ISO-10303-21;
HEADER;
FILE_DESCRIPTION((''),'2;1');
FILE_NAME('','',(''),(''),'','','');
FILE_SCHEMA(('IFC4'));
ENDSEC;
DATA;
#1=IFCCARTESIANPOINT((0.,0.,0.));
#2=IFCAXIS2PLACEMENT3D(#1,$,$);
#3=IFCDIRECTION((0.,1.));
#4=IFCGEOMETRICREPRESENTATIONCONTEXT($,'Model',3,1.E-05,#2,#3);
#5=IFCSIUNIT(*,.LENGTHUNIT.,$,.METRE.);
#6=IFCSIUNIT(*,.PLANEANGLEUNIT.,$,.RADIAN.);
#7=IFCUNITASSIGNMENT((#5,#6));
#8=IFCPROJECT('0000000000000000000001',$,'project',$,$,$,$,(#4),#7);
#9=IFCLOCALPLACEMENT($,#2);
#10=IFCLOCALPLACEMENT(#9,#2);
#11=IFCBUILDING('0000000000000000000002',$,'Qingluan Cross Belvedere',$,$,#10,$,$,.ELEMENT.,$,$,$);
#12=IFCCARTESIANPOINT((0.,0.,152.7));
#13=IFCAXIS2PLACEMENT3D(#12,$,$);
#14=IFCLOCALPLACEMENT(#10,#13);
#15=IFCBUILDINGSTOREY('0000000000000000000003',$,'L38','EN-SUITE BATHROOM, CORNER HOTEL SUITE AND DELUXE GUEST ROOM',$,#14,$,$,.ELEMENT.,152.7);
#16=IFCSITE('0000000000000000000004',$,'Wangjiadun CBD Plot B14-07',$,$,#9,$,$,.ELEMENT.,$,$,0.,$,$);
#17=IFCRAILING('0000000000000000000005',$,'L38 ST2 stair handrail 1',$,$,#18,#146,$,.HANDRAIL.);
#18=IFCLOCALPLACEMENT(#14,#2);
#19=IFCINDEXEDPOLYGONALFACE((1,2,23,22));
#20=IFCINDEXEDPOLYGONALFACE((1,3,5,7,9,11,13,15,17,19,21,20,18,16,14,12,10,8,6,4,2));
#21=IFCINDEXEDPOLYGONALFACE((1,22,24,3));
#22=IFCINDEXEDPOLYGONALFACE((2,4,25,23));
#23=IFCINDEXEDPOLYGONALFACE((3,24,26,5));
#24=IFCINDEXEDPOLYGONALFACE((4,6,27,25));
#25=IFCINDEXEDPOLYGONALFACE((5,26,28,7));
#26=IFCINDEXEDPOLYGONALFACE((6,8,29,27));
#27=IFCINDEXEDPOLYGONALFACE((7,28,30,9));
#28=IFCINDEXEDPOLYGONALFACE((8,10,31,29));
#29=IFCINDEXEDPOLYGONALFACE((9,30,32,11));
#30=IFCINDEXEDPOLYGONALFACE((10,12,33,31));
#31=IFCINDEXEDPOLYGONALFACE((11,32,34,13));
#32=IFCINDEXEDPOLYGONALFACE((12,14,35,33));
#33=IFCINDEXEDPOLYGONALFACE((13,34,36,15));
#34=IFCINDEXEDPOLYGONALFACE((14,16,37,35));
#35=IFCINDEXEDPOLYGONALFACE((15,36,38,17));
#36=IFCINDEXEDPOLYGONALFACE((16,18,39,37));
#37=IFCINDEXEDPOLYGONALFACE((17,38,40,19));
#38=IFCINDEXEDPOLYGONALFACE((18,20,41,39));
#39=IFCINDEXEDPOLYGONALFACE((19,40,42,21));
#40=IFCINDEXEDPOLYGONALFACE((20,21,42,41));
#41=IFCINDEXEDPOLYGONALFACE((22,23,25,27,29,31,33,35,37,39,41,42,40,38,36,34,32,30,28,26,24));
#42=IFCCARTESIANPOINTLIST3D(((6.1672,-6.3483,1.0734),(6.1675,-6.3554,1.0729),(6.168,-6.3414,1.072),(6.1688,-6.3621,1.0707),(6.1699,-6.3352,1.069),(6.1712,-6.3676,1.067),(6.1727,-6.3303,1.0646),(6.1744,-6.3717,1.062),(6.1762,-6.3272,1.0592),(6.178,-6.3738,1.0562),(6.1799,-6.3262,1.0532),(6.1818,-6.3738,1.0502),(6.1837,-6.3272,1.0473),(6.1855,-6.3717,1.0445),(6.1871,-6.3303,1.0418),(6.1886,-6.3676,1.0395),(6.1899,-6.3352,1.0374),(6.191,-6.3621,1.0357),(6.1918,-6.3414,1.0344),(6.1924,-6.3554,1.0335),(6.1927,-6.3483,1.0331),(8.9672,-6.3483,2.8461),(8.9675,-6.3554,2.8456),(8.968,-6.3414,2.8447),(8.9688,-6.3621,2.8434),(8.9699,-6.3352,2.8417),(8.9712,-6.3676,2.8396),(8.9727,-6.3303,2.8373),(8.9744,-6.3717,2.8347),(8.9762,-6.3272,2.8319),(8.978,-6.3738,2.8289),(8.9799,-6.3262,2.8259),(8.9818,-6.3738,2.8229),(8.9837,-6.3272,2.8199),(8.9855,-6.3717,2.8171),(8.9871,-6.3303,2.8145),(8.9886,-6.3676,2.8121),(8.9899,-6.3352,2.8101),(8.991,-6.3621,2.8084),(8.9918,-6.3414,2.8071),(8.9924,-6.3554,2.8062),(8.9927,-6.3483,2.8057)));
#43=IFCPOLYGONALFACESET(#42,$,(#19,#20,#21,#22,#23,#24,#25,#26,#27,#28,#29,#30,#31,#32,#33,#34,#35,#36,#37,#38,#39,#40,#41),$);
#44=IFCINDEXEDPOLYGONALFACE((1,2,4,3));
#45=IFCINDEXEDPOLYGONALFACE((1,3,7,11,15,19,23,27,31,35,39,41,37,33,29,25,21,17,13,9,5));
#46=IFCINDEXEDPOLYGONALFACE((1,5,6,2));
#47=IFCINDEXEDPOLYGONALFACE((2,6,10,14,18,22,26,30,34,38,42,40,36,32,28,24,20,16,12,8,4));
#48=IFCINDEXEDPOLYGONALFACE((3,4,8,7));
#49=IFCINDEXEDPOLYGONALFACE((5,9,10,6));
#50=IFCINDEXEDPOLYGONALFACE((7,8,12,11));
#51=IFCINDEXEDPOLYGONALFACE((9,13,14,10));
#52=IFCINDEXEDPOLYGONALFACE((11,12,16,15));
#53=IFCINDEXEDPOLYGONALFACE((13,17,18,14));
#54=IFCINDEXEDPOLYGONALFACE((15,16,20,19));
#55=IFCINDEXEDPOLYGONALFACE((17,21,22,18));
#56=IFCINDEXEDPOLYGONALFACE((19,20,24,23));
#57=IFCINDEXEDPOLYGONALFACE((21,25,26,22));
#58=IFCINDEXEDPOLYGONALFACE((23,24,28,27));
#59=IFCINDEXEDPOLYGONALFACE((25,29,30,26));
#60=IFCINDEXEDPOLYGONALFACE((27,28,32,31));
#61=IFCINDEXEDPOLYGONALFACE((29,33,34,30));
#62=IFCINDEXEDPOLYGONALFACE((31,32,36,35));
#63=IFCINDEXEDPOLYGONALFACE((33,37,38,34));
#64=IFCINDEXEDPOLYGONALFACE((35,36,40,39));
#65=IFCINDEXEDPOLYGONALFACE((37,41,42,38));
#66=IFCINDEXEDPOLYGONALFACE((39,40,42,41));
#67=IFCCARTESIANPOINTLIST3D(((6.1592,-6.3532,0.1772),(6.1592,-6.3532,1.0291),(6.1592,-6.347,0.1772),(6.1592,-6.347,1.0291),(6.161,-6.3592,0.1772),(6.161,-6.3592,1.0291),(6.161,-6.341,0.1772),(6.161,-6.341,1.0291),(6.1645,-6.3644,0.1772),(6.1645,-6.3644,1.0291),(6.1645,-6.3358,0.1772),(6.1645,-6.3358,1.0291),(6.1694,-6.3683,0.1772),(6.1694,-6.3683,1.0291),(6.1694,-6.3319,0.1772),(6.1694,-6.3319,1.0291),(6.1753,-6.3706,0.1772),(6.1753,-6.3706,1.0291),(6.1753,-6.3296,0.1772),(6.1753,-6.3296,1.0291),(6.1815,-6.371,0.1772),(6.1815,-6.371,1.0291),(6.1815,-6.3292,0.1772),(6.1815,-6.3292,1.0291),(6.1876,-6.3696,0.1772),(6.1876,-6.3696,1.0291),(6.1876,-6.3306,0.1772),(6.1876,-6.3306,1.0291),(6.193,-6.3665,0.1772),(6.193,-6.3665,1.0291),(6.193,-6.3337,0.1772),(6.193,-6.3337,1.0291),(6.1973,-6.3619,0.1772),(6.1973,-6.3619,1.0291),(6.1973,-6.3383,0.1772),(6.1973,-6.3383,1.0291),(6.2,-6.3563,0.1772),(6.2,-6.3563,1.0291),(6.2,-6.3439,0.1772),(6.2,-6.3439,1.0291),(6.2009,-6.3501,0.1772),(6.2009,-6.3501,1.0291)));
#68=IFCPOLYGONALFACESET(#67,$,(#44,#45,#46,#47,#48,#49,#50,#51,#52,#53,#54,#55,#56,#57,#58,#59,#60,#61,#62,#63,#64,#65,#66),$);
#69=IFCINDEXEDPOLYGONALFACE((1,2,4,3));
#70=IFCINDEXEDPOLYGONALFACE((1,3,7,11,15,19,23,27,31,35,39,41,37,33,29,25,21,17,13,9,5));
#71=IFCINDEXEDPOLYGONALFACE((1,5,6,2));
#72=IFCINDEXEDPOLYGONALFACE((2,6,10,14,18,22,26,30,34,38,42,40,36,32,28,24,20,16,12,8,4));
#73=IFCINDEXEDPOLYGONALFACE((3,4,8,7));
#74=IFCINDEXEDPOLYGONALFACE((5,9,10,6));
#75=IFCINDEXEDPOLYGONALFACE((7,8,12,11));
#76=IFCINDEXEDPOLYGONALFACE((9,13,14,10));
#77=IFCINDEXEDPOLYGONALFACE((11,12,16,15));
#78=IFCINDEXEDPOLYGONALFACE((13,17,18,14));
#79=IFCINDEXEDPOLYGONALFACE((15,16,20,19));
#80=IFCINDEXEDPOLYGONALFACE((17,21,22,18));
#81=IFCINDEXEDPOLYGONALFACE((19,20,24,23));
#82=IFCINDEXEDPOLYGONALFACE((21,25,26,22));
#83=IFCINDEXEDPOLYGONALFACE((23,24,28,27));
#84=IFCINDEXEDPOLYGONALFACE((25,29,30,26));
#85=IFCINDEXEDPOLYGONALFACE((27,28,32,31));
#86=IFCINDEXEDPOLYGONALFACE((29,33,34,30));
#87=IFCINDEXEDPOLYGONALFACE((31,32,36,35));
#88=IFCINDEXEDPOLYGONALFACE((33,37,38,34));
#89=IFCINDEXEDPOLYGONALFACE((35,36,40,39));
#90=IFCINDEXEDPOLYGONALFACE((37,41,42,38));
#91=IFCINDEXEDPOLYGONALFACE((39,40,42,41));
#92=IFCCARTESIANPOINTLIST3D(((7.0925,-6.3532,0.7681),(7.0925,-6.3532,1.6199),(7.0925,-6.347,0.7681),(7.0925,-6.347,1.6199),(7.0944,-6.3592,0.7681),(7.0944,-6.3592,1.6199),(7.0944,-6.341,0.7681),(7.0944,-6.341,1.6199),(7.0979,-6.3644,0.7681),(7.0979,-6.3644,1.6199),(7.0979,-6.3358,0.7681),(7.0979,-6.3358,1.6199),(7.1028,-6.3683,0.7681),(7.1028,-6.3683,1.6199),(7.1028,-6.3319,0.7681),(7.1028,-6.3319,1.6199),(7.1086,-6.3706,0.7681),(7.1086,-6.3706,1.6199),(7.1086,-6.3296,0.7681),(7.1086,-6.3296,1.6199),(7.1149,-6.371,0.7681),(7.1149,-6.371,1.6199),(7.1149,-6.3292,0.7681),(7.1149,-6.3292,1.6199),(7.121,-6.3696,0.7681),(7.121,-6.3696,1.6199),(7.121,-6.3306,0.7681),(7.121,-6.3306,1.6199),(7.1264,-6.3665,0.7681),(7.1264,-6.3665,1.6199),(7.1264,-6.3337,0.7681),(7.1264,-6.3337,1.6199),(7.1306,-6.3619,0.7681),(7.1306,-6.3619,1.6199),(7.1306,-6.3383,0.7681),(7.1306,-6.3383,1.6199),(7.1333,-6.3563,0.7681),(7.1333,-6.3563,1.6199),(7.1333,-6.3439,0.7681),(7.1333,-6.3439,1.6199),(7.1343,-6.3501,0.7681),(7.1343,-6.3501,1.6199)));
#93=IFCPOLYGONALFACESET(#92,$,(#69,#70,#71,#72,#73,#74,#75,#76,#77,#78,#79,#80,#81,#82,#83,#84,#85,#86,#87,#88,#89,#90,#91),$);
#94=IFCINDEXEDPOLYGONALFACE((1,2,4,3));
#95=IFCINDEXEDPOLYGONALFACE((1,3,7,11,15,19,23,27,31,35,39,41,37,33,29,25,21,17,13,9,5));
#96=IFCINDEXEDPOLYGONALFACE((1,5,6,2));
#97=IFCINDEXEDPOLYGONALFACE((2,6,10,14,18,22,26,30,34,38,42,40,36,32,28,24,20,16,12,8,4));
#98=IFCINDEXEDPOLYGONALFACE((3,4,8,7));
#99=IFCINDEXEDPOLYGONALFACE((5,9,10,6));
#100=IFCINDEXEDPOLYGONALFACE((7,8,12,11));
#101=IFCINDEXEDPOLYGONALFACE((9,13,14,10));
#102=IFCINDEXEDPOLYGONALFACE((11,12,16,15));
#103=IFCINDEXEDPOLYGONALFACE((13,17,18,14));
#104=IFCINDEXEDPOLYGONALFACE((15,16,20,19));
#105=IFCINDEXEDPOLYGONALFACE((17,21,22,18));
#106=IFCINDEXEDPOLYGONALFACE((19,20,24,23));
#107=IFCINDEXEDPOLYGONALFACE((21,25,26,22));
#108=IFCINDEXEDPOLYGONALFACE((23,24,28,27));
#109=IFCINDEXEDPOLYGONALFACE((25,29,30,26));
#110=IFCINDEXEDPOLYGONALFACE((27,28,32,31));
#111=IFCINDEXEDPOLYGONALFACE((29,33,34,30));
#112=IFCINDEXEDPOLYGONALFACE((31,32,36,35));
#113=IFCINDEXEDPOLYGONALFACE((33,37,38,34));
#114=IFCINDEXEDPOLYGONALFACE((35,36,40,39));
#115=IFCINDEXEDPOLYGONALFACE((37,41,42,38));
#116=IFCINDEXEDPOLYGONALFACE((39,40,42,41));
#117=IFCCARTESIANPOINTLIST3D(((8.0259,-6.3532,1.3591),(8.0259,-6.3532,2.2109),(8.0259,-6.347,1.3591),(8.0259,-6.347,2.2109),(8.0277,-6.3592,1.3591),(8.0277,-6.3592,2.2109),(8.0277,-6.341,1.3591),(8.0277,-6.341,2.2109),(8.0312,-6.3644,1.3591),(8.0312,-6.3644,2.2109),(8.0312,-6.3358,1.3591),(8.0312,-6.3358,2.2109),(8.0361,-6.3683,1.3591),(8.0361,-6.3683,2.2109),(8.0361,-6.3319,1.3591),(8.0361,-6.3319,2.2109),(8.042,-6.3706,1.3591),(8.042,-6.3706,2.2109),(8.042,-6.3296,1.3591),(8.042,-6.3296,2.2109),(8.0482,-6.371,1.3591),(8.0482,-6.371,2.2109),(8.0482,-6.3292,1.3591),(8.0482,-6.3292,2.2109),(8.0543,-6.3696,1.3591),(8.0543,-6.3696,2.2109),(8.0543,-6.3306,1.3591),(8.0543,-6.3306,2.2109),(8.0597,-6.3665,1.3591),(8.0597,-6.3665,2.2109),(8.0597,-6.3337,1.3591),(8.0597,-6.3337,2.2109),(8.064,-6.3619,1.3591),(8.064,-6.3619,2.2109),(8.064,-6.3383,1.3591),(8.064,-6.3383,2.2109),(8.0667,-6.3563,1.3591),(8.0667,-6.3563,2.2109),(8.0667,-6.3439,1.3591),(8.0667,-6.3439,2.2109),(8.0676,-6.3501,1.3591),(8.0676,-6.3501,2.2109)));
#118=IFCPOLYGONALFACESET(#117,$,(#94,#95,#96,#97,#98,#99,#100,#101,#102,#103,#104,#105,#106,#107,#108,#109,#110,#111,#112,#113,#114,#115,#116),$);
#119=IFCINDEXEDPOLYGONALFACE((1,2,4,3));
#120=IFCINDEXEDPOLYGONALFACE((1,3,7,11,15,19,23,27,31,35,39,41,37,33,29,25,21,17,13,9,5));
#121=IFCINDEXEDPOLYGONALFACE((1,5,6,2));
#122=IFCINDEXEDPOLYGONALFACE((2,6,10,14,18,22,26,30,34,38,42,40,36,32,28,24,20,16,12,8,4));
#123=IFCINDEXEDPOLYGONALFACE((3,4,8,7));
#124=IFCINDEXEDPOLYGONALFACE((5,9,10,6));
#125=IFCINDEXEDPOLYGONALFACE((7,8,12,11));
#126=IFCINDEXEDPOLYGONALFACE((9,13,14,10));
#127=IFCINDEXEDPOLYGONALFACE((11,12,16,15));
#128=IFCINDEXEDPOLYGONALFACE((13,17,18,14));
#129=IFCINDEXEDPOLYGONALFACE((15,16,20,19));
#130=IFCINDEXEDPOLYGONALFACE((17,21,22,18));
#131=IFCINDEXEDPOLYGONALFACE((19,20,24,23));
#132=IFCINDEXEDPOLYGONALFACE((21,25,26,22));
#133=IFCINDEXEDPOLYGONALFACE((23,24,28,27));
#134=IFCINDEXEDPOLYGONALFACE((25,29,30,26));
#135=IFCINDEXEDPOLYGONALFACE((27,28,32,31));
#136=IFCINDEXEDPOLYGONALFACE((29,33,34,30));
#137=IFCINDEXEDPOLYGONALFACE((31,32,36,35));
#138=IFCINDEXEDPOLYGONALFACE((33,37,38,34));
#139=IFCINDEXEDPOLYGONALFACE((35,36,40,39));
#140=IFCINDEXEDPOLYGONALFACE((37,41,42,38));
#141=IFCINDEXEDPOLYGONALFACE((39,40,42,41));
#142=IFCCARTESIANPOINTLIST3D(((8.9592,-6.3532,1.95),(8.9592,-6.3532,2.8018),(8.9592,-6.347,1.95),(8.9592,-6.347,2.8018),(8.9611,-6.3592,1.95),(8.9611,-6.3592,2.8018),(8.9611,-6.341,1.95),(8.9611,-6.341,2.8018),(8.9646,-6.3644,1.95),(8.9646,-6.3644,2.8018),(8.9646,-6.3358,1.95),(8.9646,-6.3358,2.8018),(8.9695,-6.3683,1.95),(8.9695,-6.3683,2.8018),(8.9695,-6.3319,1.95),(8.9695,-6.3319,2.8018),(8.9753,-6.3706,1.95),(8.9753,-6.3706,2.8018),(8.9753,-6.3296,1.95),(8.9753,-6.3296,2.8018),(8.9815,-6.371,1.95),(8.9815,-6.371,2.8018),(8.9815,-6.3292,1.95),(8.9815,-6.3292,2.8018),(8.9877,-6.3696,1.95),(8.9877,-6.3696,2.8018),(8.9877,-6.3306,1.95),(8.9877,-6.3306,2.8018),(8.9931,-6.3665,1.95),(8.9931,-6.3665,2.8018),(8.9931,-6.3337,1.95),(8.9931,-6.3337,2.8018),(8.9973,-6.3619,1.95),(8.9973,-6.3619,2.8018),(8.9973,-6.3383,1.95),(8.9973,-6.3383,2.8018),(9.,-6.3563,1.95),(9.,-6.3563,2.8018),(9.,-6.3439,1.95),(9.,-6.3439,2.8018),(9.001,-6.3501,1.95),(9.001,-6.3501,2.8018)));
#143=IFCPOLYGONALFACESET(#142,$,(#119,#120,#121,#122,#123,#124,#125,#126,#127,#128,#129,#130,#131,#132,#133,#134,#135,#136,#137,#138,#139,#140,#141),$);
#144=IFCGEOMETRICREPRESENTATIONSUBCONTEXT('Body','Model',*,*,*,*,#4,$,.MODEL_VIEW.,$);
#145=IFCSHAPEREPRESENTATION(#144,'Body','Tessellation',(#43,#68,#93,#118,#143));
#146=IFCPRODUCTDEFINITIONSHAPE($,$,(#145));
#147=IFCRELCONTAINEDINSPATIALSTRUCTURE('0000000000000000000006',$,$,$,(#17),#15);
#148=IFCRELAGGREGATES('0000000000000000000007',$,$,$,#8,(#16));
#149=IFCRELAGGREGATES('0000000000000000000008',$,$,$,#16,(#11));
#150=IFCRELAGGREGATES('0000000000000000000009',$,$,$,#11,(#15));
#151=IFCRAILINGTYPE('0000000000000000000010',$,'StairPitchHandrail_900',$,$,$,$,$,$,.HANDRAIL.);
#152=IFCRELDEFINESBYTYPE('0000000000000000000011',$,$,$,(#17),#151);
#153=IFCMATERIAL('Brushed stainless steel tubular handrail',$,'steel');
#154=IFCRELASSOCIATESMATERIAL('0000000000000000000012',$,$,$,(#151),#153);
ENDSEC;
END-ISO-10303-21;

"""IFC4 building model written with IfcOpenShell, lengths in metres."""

from ifc_helpers import new_model, si_unit, direction, frame, origin, origin_2d, place, context, subcontext, project, spatial, circle, extrude, material, type_object, element, save


model = new_model("IFC4")

# Units and contexts
model_context = context("Model", 3, precision=1e-05, world=origin(), true_north=direction((0.0, 1.0)))
body_context = subcontext(model_context, "Body", "Model", "MODEL_VIEW")
ifc_project = project(units=[si_unit("LENGTHUNIT", "METRE"), si_unit("PLANEANGLEUNIT", "RADIAN")], contexts=[model_context])

# Site, building, storey
site_placement = place(None, origin())
site = spatial("IfcSite", under=ifc_project, at=site_placement, Name="Wangjiadun CBD Plot B14-07", CompositionType="ELEMENT", RefElevation=0.0)
building_placement = place(site_placement, origin())
building = spatial("IfcBuilding", under=site, at=building_placement, Name="Qingluan Cross Belvedere", CompositionType="ELEMENT")
storey_placement = place(building_placement, frame((0.0, 0.0, 152.7)))
storey = spatial("IfcBuildingStorey", under=building, at=storey_placement, Name="L38", Description="EN-SUITE BATHROOM, CORNER HOTEL SUITE AND DELUXE GUEST ROOM", CompositionType="ELEMENT", Elevation=152.7)

# Railing
ifc_material_1 = material(Name="Brushed stainless steel tubular handrail", Category="steel")
railing_type_1 = type_object("IfcRailingType", Name="StairPitchHandrail_900", PredefinedType="HANDRAIL", material=ifc_material_1)
railing_1_placement = place(storey_placement, frame((6.1799, -6.3501, 0.1772)))
element("IfcRailing", 1, at=railing_1_placement, inside=storey, type_object=railing_type_1, Name="L38 ST2 stair handrail 1", PredefinedType="HANDRAIL", context=body_context, shape_type="SweptSolid", body=[
    extrude(circle(Radius=0.0239, at=origin_2d()), frame((0.0, 0.0, 0.876), z_axis=(0.844909, 0.0, 0.53491), x_axis=(0.0, 1.0, 0.0)), (0.0, 0.0, 1.0), 3.314),
    extrude(circle(Radius=0.021, at=origin_2d()), origin(), (0.0, 0.0, 1.0), 0.8518),
    extrude(circle(Radius=0.021, at=origin_2d()), frame((0.9333, 0.0, 0.5908)), (0.0, 0.0, 1.0), 0.8518),
    extrude(circle(Radius=0.021, at=origin_2d()), frame((1.8667, 0.0, 1.1819)), (0.0, 0.0, 1.0), 0.8518),
    extrude(circle(Radius=0.021, at=origin_2d()), frame((2.8, 0.0, 1.7727)), (0.0, 0.0, 1.0), 0.8518),
])

save(model, "model.ifc")
